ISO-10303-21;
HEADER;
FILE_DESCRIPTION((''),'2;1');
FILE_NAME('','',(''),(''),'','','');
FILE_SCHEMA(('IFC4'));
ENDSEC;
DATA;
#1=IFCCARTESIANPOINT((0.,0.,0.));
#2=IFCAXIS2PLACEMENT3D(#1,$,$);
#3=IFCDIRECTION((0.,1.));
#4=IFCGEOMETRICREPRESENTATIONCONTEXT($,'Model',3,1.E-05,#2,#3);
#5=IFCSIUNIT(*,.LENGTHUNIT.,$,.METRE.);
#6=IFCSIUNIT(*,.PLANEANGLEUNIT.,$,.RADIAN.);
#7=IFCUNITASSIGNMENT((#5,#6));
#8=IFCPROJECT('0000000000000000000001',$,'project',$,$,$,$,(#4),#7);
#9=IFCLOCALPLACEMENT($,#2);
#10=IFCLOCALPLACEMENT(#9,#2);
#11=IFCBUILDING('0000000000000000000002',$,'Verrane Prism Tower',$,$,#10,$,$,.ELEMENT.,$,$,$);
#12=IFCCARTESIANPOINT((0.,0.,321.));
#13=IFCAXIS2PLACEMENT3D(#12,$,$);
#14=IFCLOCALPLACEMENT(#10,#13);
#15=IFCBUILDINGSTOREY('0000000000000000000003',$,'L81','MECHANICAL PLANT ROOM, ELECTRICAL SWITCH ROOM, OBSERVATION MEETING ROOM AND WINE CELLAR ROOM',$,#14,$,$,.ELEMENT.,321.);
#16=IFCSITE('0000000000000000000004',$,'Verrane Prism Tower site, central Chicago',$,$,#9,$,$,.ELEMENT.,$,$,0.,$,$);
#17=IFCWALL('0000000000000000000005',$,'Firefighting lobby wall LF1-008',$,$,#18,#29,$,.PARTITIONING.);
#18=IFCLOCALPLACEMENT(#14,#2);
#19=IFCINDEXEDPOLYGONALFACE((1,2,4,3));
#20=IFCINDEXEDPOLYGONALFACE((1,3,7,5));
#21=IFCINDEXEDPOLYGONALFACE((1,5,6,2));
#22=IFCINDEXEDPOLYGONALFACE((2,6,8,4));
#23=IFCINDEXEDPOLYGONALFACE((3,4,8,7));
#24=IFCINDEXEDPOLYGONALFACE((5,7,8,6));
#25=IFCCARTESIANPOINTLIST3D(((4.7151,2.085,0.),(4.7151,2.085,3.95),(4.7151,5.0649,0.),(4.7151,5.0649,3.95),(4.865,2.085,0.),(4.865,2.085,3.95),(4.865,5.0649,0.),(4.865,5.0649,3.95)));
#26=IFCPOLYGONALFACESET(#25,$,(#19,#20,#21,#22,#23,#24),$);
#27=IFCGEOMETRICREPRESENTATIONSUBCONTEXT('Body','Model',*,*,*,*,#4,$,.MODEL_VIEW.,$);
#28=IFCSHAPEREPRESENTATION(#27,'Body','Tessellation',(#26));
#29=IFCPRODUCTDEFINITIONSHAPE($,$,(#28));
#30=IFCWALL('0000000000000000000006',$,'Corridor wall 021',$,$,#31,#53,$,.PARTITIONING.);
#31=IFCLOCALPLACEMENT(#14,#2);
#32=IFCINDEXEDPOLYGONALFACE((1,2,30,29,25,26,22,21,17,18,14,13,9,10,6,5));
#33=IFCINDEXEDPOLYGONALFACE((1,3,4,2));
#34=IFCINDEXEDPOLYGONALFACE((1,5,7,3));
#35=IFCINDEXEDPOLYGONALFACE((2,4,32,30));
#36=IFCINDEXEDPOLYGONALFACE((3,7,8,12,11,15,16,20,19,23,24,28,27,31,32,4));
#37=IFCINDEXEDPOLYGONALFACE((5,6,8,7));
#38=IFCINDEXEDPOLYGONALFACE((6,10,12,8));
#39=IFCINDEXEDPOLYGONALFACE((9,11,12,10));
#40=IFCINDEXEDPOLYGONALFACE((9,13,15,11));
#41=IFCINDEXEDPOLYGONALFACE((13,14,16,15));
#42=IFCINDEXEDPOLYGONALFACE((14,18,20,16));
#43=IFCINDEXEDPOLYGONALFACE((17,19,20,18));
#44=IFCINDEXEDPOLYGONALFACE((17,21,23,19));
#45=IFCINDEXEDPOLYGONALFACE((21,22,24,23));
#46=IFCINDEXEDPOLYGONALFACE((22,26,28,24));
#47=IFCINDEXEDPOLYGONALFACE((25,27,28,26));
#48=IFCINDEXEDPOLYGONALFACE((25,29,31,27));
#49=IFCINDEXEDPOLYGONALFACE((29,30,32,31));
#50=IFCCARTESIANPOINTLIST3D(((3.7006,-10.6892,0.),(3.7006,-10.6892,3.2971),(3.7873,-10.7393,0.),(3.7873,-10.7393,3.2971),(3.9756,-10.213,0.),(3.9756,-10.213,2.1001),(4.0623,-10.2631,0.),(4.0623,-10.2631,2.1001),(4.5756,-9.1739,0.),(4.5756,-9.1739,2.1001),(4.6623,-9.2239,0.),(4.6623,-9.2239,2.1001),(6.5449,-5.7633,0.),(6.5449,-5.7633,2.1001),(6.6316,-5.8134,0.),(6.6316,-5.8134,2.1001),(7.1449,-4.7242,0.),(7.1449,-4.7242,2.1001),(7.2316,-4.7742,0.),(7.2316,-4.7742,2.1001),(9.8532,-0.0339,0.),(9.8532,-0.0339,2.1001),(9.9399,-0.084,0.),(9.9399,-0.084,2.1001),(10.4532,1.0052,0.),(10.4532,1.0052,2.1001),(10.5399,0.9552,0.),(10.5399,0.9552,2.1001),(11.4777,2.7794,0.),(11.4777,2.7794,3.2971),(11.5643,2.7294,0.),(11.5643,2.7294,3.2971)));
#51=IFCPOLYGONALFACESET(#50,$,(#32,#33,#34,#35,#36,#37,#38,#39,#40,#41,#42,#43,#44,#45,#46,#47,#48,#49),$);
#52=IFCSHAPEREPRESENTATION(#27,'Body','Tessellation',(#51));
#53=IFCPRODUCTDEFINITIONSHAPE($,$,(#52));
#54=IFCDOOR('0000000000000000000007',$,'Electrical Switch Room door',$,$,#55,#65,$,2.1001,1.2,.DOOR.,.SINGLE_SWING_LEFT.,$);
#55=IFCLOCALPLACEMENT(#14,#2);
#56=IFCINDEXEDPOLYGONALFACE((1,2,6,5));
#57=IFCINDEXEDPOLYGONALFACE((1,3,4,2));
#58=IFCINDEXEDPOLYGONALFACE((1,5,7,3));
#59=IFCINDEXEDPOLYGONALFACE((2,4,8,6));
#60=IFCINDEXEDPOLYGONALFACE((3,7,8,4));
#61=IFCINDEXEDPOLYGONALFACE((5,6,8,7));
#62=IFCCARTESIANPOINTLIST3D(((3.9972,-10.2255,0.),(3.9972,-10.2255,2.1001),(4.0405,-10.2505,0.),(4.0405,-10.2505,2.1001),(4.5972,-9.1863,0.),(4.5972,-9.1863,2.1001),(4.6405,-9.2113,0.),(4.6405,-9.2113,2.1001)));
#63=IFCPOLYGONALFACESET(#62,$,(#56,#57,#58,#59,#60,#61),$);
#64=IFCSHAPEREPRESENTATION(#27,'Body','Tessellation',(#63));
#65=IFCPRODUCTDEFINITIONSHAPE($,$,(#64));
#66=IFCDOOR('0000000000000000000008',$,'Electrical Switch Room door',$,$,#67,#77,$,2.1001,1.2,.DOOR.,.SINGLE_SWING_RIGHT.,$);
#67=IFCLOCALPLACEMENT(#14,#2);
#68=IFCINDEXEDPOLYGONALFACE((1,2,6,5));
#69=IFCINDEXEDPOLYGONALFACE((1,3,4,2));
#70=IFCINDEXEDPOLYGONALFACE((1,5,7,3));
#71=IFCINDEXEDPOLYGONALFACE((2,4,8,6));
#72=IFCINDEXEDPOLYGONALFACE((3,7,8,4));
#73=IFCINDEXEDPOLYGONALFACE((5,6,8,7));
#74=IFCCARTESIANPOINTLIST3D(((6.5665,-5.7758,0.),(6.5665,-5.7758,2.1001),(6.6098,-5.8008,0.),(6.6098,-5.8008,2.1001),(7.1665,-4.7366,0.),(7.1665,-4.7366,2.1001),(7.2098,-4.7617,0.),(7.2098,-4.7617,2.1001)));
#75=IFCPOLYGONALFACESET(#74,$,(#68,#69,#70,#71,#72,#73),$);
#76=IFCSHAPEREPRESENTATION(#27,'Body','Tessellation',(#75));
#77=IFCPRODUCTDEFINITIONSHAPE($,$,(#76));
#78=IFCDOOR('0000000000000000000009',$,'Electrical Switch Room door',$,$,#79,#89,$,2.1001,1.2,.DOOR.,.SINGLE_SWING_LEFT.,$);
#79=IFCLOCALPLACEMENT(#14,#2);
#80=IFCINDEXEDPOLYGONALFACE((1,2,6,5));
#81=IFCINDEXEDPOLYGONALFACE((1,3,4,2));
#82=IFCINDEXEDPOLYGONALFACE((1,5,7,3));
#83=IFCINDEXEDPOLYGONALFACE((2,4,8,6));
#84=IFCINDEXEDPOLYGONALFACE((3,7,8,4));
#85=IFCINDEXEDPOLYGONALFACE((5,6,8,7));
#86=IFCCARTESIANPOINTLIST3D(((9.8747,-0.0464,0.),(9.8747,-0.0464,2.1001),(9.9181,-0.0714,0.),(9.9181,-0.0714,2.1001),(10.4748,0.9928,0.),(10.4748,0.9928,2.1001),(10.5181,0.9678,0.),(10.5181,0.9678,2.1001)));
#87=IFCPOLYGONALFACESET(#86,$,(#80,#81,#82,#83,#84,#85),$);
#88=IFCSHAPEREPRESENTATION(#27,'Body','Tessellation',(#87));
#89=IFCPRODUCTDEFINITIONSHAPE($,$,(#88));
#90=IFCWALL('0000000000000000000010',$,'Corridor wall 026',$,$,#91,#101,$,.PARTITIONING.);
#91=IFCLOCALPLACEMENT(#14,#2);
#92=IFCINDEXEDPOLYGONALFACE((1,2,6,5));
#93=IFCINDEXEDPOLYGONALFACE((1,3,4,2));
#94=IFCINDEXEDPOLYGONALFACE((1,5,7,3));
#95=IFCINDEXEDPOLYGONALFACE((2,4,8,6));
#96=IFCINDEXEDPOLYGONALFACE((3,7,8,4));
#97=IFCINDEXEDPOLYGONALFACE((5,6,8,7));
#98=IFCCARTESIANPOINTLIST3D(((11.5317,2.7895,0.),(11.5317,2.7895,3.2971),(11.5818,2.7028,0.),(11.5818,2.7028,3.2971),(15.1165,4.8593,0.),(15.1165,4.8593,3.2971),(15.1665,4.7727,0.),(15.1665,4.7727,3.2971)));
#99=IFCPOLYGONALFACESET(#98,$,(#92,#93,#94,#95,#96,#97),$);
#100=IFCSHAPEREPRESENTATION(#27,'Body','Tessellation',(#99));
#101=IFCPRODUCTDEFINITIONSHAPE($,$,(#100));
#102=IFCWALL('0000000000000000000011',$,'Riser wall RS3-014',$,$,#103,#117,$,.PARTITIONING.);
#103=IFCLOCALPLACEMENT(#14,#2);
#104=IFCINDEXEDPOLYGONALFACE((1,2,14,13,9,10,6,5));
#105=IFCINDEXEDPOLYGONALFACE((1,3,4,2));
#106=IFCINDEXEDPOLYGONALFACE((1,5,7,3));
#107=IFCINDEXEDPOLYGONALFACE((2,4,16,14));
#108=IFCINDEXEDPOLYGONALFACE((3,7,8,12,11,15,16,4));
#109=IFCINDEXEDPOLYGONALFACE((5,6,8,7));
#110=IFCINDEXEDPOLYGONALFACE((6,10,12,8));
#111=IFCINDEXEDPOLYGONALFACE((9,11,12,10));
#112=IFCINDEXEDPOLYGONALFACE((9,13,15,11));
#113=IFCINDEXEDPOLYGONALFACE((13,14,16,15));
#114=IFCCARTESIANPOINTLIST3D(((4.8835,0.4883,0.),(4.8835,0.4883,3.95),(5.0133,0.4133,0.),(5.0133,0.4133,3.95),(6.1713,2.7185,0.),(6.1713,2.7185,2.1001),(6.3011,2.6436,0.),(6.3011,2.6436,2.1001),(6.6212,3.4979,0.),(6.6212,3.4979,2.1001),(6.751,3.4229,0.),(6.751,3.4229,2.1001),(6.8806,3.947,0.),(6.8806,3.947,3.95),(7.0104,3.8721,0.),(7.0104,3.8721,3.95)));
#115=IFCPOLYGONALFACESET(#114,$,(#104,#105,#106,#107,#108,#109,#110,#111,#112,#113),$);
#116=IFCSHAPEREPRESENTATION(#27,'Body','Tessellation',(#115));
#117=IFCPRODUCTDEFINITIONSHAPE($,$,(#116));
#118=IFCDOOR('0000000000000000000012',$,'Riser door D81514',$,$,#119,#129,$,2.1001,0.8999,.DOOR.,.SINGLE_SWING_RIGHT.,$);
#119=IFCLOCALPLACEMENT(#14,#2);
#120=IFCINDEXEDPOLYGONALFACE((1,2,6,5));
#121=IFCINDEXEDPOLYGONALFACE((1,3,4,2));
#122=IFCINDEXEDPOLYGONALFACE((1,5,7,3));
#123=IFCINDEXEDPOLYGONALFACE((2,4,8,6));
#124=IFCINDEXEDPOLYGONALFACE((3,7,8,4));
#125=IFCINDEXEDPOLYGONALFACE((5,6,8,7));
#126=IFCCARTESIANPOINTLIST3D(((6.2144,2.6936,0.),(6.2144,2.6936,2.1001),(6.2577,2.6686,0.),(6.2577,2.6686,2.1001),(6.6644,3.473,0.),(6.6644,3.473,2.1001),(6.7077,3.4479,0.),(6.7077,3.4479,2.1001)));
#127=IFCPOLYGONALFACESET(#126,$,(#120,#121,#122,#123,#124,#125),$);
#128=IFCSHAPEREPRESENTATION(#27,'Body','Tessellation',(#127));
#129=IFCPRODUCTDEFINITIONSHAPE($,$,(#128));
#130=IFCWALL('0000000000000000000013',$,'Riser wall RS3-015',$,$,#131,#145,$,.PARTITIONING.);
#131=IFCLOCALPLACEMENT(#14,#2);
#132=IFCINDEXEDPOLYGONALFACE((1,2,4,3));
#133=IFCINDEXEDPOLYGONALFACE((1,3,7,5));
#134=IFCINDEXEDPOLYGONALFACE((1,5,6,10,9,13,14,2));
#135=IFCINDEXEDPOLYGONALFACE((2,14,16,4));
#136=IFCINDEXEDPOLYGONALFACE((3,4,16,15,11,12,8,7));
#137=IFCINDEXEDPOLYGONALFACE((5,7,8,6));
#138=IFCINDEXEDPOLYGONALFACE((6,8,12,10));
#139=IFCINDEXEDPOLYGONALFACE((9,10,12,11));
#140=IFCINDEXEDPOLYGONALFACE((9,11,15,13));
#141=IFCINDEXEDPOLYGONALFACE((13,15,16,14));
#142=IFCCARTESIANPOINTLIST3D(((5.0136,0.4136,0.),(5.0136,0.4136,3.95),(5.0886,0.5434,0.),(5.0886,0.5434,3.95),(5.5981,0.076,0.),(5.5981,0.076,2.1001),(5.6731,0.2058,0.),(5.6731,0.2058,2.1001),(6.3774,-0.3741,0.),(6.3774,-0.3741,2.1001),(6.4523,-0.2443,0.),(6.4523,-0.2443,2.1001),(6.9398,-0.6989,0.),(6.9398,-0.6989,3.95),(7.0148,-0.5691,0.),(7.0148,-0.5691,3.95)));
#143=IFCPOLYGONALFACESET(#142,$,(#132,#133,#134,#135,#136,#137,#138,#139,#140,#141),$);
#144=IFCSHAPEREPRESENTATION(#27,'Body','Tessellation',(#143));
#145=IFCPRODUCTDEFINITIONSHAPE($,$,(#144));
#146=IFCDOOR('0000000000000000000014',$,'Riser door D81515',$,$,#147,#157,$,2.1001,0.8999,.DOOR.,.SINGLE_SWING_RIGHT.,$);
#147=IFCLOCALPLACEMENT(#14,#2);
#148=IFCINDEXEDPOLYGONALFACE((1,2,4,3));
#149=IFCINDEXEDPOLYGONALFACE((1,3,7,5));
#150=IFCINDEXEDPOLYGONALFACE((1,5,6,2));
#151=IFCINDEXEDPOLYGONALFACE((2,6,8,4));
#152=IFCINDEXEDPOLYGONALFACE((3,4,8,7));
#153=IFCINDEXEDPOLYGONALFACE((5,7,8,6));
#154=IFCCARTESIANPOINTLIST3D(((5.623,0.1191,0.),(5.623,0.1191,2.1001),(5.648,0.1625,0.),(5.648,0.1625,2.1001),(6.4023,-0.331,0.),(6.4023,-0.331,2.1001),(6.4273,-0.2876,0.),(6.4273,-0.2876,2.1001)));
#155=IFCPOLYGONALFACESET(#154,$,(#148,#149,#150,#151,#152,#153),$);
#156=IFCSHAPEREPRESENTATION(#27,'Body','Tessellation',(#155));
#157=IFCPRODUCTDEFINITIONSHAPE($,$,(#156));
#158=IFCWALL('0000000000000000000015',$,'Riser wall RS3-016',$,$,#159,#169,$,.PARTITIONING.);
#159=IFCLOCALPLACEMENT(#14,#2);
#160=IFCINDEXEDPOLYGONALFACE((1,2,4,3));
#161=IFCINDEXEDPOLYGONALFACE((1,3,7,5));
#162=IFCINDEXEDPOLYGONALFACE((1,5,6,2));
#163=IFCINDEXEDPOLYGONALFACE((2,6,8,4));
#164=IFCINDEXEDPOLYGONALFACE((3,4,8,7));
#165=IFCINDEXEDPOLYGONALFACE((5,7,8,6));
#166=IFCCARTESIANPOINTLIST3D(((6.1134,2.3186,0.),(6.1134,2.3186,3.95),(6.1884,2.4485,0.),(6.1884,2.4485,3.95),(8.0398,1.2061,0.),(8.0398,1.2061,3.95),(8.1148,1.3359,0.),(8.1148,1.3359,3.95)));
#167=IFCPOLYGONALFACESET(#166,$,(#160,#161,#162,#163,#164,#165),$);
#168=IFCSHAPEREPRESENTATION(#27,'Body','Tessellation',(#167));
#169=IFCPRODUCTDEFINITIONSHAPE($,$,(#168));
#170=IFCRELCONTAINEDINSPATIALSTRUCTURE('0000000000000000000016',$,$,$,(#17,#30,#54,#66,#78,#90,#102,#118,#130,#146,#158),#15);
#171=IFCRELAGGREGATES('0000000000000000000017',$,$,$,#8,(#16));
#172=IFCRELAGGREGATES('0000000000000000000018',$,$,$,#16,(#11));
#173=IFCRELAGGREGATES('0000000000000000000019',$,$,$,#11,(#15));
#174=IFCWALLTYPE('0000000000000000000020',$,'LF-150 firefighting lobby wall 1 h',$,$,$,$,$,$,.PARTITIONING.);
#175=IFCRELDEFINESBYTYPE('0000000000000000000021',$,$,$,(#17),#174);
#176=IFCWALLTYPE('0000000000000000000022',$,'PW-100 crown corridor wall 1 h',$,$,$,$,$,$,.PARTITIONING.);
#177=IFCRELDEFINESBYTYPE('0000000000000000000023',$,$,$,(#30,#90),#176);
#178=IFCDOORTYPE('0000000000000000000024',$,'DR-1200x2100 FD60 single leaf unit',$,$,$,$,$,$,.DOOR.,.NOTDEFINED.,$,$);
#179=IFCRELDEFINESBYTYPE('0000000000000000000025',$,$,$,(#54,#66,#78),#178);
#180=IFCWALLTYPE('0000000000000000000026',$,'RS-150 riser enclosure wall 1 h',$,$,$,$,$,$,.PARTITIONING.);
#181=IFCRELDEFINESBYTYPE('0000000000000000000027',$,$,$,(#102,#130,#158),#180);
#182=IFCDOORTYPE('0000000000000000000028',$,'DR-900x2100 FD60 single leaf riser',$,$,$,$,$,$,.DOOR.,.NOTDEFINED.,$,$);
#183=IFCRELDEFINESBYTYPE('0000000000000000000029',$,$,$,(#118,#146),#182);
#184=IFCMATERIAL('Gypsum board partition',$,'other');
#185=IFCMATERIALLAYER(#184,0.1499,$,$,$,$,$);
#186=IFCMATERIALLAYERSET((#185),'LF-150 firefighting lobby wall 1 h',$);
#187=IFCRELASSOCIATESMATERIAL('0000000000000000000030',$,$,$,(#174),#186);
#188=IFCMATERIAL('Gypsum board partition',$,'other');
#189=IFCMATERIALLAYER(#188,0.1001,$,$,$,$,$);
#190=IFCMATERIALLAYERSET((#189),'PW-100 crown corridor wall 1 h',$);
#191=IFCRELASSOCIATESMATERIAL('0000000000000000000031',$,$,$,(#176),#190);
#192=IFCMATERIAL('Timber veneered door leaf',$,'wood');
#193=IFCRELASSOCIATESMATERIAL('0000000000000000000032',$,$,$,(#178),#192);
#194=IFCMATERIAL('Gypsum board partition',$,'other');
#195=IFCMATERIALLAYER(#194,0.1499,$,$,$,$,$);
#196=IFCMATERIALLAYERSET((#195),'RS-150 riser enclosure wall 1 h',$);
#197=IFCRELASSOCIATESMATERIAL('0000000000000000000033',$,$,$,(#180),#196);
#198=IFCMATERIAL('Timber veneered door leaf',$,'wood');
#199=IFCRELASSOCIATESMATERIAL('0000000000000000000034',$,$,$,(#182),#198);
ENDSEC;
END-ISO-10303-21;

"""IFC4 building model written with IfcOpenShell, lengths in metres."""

from ifc_helpers import new_model, si_unit, direction, frame, frame_2d, origin, place, context, subcontext, project, spatial, rectangle, extrude, material, layer, layer_set, type_object, element, fill, save


model = new_model("IFC4")

# Units and contexts
model_context = context("Model", 3, precision=1e-05, world=origin(), true_north=direction((0.0, 1.0)))
body_context = subcontext(model_context, "Body", "Model", "MODEL_VIEW")
ifc_project = project(units=[si_unit("LENGTHUNIT", "METRE"), si_unit("PLANEANGLEUNIT", "RADIAN")], contexts=[model_context])

# Site, building, storey
site_placement = place(None, origin())
site = spatial("IfcSite", under=ifc_project, at=site_placement, Name="Verrane Prism Tower site, central Chicago", CompositionType="ELEMENT", RefElevation=0.0)
building_placement = place(site_placement, origin())
building = spatial("IfcBuilding", under=site, at=building_placement, Name="Verrane Prism Tower", CompositionType="ELEMENT")
storey_placement = place(building_placement, frame((0.0, 0.0, 321.0)))
storey = spatial("IfcBuildingStorey", under=building, at=storey_placement, Name="L81", Description="MECHANICAL PLANT ROOM, ELECTRICAL SWITCH ROOM, OBSERVATION MEETING ROOM AND WINE CELLAR ROOM", CompositionType="ELEMENT", Elevation=321.0)

# Wall
ifc_material_1 = material(Name="Gypsum board partition", Category="other")
ifc_layer_1 = layer(ifc_material_1, 0.1499)
ifc_layer_set_1 = layer_set([ifc_layer_1], Name="LF-150 firefighting lobby wall 1 h")
wall_type_1 = type_object("IfcWallType", Name="LF-150 firefighting lobby wall 1 h", PredefinedType="PARTITIONING", material=ifc_layer_set_1)
wall_1_placement = place(storey_placement, frame((4.79, 2.085, 0.0), z_axis=(0.0, 0.0, 1.0), x_axis=(0.0, 1.0, 0.0)))
element("IfcWall", 1, at=wall_1_placement, inside=storey, type_object=wall_type_1, Name="Firefighting lobby wall LF1-008", PredefinedType="PARTITIONING", context=body_context, shape_type="SweptSolid", body=[
    extrude(rectangle(XDim=2.98, YDim=0.1499, at=frame_2d((1.49, 0.0))), origin(), (0.0, 0.0, 1.0), 3.95),
])

# Wall, openings, doors
ifc_material_2 = material(Name="Gypsum board partition", Category="other")
ifc_layer_2 = layer(ifc_material_2, 0.1001)
ifc_layer_set_2 = layer_set([ifc_layer_2], Name="PW-100 crown corridor wall 1 h")
wall_type_2 = type_object("IfcWallType", Name="PW-100 crown corridor wall 1 h", PredefinedType="PARTITIONING", material=ifc_layer_set_2)
wall_2_placement = place(storey_placement, frame((11.521, 2.7544, 0.0), z_axis=(0.0, 0.0, 1.0), x_axis=(-0.500044, -0.866, 0.0)))
wall_2 = element("IfcWall", 2, at=wall_2_placement, inside=storey, type_object=wall_type_2, Name="Corridor wall 021", PredefinedType="PARTITIONING", context=body_context, shape_type="SweptSolid", body=[
    extrude(rectangle(XDim=15.5527, YDim=0.1001, at=frame_2d((7.7764, 0.0))), origin(), (0.0, 0.0, 1.0), 3.2971),
])
opening_1_placement = place(wall_2_placement, frame((13.8027, 0.0, 0.0)))
opening_1 = element("IfcOpeningElement", 3, at=opening_1_placement, cuts=wall_2, PredefinedType="OPENING", context=body_context, shape_type="SweptSolid", body=[
    extrude(rectangle(XDim=1.2, YDim=2.1001, at=frame_2d((0.6001, 1.05))), frame((0.0, 0.0601, 0.0), z_axis=(0.0, -1.0, 0.0), x_axis=(1.0, 0.0, 0.0)), (0.0, 0.0, 1.0), 0.1201),
])
opening_2_placement = place(wall_2_placement, frame((8.6646, 0.0, 0.0)))
opening_2 = element("IfcOpeningElement", 4, at=opening_2_placement, cuts=wall_2, PredefinedType="OPENING", context=body_context, shape_type="SweptSolid", body=[
    extrude(rectangle(XDim=1.2, YDim=2.1001, at=frame_2d((0.6001, 1.05))), frame((0.0, 0.0601, 0.0), z_axis=(0.0, -1.0, 0.0), x_axis=(1.0, 0.0, 0.0)), (0.0, 0.0, 1.0), 0.1201),
])
opening_3_placement = place(wall_2_placement, frame((2.0486, 0.0, 0.0)))
opening_3 = element("IfcOpeningElement", 5, at=opening_3_placement, cuts=wall_2, PredefinedType="OPENING", context=body_context, shape_type="SweptSolid", body=[
    extrude(rectangle(XDim=1.2, YDim=2.1001, at=frame_2d((0.6001, 1.05))), frame((0.0, 0.0601, 0.0), z_axis=(0.0, -1.0, 0.0), x_axis=(1.0, 0.0, 0.0)), (0.0, 0.0, 1.0), 0.1201),
])
ifc_material_3 = material(Name="Timber veneered door leaf", Category="wood")
door_type_1 = type_object("IfcDoorType", Name="DR-1200x2100 FD60 single leaf unit", OperationType="NOTDEFINED", PredefinedType="DOOR", material=ifc_material_3)
door_1_placement = place(opening_1_placement, origin())
door_1 = element("IfcDoor", 6, at=door_1_placement, inside=storey, type_object=door_type_1, Name="Electrical Switch Room door", OperationType="SINGLE_SWING_LEFT", OverallHeight=2.1001, OverallWidth=1.2, PredefinedType="DOOR", context=body_context, shape_type="SweptSolid", body=[
    extrude(rectangle(XDim=1.2, YDim=2.1001, at=frame_2d((0.6001, 1.05))), frame((0.0, 0.0249, 0.0), z_axis=(0.0, -1.0, 0.0), x_axis=(1.0, 0.0, 0.0)), (0.0, 0.0, 1.0), 0.05),
])
fill(opening_1, door_1)
door_2_placement = place(opening_2_placement, origin())
door_2 = element("IfcDoor", 7, at=door_2_placement, inside=storey, type_object=door_type_1, Name="Electrical Switch Room door", OperationType="SINGLE_SWING_RIGHT", OverallHeight=2.1001, OverallWidth=1.2, PredefinedType="DOOR", context=body_context, shape_type="SweptSolid", body=[
    extrude(rectangle(XDim=1.2, YDim=2.1001, at=frame_2d((0.6001, 1.05))), frame((0.0, 0.0249, 0.0), z_axis=(0.0, -1.0, 0.0), x_axis=(1.0, 0.0, 0.0)), (0.0, 0.0, 1.0), 0.05),
])
fill(opening_2, door_2)
door_3_placement = place(opening_3_placement, origin())
door_3 = element("IfcDoor", 8, at=door_3_placement, inside=storey, type_object=door_type_1, Name="Electrical Switch Room door", OperationType="SINGLE_SWING_LEFT", OverallHeight=2.1001, OverallWidth=1.2, PredefinedType="DOOR", context=body_context, shape_type="SweptSolid", body=[
    extrude(rectangle(XDim=1.2, YDim=2.1001, at=frame_2d((0.6001, 1.05))), frame((0.0, 0.0249, 0.0), z_axis=(0.0, -1.0, 0.0), x_axis=(1.0, 0.0, 0.0)), (0.0, 0.0, 1.0), 0.05),
])
fill(opening_3, door_3)

# Wall
wall_3_placement = place(storey_placement, frame((11.5566, 2.7461, 0.0), z_axis=(0.0, 0.0, 1.0), x_axis=(0.866006, 0.500034, 0.0)))
element("IfcWall", 9, at=wall_3_placement, inside=storey, type_object=wall_type_2, Name="Corridor wall 026", PredefinedType="PARTITIONING", context=body_context, shape_type="SweptSolid", body=[
    extrude(rectangle(XDim=4.1394, YDim=0.1001, at=frame_2d((2.0698, 0.0))), origin(), (0.0, 0.0, 1.0), 3.2971),
])

# Walls, openings, doors
ifc_material_4 = material(Name="Gypsum board partition", Category="other")
ifc_layer_3 = layer(ifc_material_4, 0.1499)
ifc_layer_set_3 = layer_set([ifc_layer_3], Name="RS-150 riser enclosure wall 1 h")
wall_type_3 = type_object("IfcWallType", Name="RS-150 riser enclosure wall 1 h", PredefinedType="PARTITIONING", material=ifc_layer_set_3)
wall_4_placement = place(storey_placement, frame((6.9456, 3.9097, 0.0), z_axis=(0.0, 0.0, 1.0), x_axis=(-0.500031, -0.866007, 0.0)))
wall_4 = element("IfcWall", 10, at=wall_4_placement, inside=storey, type_object=wall_type_3, Name="Riser wall RS3-014", PredefinedType="PARTITIONING", context=body_context, shape_type="SweptSolid", body=[
    extrude(rectangle(XDim=3.9939, YDim=0.1499, at=frame_2d((1.9971, 0.0))), origin(), (0.0, 0.0, 1.0), 3.95),
])
opening_4_placement = place(wall_4_placement, frame((0.5188, 0.0, 0.0)))
opening_4 = element("IfcOpeningElement", 11, at=opening_4_placement, cuts=wall_4, PredefinedType="OPENING", context=body_context, shape_type="SweptSolid", body=[
    extrude(rectangle(XDim=0.8999, YDim=2.1001, at=frame_2d((0.45, 1.05))), frame((0.0, 0.085, 0.0), z_axis=(0.0, -1.0, 0.0), x_axis=(1.0, 0.0, 0.0)), (0.0, 0.0, 1.0), 0.1699),
])
ifc_material_5 = material(Name="Timber veneered door leaf", Category="wood")
door_type_2 = type_object("IfcDoorType", Name="DR-900x2100 FD60 single leaf riser", OperationType="NOTDEFINED", PredefinedType="DOOR", material=ifc_material_5)
door_4_placement = place(opening_4_placement, origin())
door_4 = element("IfcDoor", 12, at=door_4_placement, inside=storey, type_object=door_type_2, Name="Riser door D81514", OperationType="SINGLE_SWING_RIGHT", OverallHeight=2.1001, OverallWidth=0.8999, PredefinedType="DOOR", context=body_context, shape_type="SweptSolid", body=[
    extrude(rectangle(XDim=0.8999, YDim=2.1001, at=frame_2d((0.45, 1.05))), frame((0.0, 0.0249, 0.0), z_axis=(0.0, -1.0, 0.0), x_axis=(1.0, 0.0, 0.0)), (0.0, 0.0, 1.0), 0.05),
])
fill(opening_4, door_4)
wall_5_placement = place(storey_placement, frame((5.051, 0.4785, 0.0), z_axis=(0.0, 0.0, 1.0), x_axis=(0.865944, -0.50014, 0.0)))
wall_5 = element("IfcWall", 13, at=wall_5_placement, inside=storey, type_object=wall_type_3, Name="Riser wall RS3-015", PredefinedType="PARTITIONING", context=body_context, shape_type="SweptSolid", body=[
    extrude(rectangle(XDim=2.2244, YDim=0.1499, at=frame_2d((1.1123, 0.0))), origin(), (0.0, 0.0, 1.0), 3.95),
])
opening_5_placement = place(wall_5_placement, frame((0.675, 0.0, 0.0)))
opening_5 = element("IfcOpeningElement", 14, at=opening_5_placement, cuts=wall_5, PredefinedType="OPENING", context=body_context, shape_type="SweptSolid", body=[
    extrude(rectangle(XDim=0.8999, YDim=2.1001, at=frame_2d((0.45, 1.05))), frame((0.0, 0.085, 0.0), z_axis=(0.0, -1.0, 0.0), x_axis=(1.0, 0.0, 0.0)), (0.0, 0.0, 1.0), 0.1699),
])
door_5_placement = place(opening_5_placement, origin())
door_5 = element("IfcDoor", 15, at=door_5_placement, inside=storey, type_object=door_type_2, Name="Riser door D81515", OperationType="SINGLE_SWING_RIGHT", OverallHeight=2.1001, OverallWidth=0.8999, PredefinedType="DOOR", context=body_context, shape_type="SweptSolid", body=[
    extrude(rectangle(XDim=0.8999, YDim=2.1001, at=frame_2d((0.45, 1.05))), frame((0.0, 0.0249, 0.0), z_axis=(0.0, -1.0, 0.0), x_axis=(1.0, 0.0, 0.0)), (0.0, 0.0, 1.0), 0.05),
])
fill(opening_5, door_5)

# Wall
wall_6_placement = place(storey_placement, frame((6.1509, 2.3835, 0.0), z_axis=(0.0, 0.0, 1.0), x_axis=(0.865972, -0.500093, 0.0)))
element("IfcWall", 16, at=wall_6_placement, inside=storey, type_object=wall_type_3, Name="Riser wall RS3-016", PredefinedType="PARTITIONING", context=body_context, shape_type="SweptSolid", body=[
    extrude(rectangle(XDim=2.2246, YDim=0.1499, at=frame_2d((1.1123, 0.0))), origin(), (0.0, 0.0, 1.0), 3.95),
])

save(model, "model.ifc")
